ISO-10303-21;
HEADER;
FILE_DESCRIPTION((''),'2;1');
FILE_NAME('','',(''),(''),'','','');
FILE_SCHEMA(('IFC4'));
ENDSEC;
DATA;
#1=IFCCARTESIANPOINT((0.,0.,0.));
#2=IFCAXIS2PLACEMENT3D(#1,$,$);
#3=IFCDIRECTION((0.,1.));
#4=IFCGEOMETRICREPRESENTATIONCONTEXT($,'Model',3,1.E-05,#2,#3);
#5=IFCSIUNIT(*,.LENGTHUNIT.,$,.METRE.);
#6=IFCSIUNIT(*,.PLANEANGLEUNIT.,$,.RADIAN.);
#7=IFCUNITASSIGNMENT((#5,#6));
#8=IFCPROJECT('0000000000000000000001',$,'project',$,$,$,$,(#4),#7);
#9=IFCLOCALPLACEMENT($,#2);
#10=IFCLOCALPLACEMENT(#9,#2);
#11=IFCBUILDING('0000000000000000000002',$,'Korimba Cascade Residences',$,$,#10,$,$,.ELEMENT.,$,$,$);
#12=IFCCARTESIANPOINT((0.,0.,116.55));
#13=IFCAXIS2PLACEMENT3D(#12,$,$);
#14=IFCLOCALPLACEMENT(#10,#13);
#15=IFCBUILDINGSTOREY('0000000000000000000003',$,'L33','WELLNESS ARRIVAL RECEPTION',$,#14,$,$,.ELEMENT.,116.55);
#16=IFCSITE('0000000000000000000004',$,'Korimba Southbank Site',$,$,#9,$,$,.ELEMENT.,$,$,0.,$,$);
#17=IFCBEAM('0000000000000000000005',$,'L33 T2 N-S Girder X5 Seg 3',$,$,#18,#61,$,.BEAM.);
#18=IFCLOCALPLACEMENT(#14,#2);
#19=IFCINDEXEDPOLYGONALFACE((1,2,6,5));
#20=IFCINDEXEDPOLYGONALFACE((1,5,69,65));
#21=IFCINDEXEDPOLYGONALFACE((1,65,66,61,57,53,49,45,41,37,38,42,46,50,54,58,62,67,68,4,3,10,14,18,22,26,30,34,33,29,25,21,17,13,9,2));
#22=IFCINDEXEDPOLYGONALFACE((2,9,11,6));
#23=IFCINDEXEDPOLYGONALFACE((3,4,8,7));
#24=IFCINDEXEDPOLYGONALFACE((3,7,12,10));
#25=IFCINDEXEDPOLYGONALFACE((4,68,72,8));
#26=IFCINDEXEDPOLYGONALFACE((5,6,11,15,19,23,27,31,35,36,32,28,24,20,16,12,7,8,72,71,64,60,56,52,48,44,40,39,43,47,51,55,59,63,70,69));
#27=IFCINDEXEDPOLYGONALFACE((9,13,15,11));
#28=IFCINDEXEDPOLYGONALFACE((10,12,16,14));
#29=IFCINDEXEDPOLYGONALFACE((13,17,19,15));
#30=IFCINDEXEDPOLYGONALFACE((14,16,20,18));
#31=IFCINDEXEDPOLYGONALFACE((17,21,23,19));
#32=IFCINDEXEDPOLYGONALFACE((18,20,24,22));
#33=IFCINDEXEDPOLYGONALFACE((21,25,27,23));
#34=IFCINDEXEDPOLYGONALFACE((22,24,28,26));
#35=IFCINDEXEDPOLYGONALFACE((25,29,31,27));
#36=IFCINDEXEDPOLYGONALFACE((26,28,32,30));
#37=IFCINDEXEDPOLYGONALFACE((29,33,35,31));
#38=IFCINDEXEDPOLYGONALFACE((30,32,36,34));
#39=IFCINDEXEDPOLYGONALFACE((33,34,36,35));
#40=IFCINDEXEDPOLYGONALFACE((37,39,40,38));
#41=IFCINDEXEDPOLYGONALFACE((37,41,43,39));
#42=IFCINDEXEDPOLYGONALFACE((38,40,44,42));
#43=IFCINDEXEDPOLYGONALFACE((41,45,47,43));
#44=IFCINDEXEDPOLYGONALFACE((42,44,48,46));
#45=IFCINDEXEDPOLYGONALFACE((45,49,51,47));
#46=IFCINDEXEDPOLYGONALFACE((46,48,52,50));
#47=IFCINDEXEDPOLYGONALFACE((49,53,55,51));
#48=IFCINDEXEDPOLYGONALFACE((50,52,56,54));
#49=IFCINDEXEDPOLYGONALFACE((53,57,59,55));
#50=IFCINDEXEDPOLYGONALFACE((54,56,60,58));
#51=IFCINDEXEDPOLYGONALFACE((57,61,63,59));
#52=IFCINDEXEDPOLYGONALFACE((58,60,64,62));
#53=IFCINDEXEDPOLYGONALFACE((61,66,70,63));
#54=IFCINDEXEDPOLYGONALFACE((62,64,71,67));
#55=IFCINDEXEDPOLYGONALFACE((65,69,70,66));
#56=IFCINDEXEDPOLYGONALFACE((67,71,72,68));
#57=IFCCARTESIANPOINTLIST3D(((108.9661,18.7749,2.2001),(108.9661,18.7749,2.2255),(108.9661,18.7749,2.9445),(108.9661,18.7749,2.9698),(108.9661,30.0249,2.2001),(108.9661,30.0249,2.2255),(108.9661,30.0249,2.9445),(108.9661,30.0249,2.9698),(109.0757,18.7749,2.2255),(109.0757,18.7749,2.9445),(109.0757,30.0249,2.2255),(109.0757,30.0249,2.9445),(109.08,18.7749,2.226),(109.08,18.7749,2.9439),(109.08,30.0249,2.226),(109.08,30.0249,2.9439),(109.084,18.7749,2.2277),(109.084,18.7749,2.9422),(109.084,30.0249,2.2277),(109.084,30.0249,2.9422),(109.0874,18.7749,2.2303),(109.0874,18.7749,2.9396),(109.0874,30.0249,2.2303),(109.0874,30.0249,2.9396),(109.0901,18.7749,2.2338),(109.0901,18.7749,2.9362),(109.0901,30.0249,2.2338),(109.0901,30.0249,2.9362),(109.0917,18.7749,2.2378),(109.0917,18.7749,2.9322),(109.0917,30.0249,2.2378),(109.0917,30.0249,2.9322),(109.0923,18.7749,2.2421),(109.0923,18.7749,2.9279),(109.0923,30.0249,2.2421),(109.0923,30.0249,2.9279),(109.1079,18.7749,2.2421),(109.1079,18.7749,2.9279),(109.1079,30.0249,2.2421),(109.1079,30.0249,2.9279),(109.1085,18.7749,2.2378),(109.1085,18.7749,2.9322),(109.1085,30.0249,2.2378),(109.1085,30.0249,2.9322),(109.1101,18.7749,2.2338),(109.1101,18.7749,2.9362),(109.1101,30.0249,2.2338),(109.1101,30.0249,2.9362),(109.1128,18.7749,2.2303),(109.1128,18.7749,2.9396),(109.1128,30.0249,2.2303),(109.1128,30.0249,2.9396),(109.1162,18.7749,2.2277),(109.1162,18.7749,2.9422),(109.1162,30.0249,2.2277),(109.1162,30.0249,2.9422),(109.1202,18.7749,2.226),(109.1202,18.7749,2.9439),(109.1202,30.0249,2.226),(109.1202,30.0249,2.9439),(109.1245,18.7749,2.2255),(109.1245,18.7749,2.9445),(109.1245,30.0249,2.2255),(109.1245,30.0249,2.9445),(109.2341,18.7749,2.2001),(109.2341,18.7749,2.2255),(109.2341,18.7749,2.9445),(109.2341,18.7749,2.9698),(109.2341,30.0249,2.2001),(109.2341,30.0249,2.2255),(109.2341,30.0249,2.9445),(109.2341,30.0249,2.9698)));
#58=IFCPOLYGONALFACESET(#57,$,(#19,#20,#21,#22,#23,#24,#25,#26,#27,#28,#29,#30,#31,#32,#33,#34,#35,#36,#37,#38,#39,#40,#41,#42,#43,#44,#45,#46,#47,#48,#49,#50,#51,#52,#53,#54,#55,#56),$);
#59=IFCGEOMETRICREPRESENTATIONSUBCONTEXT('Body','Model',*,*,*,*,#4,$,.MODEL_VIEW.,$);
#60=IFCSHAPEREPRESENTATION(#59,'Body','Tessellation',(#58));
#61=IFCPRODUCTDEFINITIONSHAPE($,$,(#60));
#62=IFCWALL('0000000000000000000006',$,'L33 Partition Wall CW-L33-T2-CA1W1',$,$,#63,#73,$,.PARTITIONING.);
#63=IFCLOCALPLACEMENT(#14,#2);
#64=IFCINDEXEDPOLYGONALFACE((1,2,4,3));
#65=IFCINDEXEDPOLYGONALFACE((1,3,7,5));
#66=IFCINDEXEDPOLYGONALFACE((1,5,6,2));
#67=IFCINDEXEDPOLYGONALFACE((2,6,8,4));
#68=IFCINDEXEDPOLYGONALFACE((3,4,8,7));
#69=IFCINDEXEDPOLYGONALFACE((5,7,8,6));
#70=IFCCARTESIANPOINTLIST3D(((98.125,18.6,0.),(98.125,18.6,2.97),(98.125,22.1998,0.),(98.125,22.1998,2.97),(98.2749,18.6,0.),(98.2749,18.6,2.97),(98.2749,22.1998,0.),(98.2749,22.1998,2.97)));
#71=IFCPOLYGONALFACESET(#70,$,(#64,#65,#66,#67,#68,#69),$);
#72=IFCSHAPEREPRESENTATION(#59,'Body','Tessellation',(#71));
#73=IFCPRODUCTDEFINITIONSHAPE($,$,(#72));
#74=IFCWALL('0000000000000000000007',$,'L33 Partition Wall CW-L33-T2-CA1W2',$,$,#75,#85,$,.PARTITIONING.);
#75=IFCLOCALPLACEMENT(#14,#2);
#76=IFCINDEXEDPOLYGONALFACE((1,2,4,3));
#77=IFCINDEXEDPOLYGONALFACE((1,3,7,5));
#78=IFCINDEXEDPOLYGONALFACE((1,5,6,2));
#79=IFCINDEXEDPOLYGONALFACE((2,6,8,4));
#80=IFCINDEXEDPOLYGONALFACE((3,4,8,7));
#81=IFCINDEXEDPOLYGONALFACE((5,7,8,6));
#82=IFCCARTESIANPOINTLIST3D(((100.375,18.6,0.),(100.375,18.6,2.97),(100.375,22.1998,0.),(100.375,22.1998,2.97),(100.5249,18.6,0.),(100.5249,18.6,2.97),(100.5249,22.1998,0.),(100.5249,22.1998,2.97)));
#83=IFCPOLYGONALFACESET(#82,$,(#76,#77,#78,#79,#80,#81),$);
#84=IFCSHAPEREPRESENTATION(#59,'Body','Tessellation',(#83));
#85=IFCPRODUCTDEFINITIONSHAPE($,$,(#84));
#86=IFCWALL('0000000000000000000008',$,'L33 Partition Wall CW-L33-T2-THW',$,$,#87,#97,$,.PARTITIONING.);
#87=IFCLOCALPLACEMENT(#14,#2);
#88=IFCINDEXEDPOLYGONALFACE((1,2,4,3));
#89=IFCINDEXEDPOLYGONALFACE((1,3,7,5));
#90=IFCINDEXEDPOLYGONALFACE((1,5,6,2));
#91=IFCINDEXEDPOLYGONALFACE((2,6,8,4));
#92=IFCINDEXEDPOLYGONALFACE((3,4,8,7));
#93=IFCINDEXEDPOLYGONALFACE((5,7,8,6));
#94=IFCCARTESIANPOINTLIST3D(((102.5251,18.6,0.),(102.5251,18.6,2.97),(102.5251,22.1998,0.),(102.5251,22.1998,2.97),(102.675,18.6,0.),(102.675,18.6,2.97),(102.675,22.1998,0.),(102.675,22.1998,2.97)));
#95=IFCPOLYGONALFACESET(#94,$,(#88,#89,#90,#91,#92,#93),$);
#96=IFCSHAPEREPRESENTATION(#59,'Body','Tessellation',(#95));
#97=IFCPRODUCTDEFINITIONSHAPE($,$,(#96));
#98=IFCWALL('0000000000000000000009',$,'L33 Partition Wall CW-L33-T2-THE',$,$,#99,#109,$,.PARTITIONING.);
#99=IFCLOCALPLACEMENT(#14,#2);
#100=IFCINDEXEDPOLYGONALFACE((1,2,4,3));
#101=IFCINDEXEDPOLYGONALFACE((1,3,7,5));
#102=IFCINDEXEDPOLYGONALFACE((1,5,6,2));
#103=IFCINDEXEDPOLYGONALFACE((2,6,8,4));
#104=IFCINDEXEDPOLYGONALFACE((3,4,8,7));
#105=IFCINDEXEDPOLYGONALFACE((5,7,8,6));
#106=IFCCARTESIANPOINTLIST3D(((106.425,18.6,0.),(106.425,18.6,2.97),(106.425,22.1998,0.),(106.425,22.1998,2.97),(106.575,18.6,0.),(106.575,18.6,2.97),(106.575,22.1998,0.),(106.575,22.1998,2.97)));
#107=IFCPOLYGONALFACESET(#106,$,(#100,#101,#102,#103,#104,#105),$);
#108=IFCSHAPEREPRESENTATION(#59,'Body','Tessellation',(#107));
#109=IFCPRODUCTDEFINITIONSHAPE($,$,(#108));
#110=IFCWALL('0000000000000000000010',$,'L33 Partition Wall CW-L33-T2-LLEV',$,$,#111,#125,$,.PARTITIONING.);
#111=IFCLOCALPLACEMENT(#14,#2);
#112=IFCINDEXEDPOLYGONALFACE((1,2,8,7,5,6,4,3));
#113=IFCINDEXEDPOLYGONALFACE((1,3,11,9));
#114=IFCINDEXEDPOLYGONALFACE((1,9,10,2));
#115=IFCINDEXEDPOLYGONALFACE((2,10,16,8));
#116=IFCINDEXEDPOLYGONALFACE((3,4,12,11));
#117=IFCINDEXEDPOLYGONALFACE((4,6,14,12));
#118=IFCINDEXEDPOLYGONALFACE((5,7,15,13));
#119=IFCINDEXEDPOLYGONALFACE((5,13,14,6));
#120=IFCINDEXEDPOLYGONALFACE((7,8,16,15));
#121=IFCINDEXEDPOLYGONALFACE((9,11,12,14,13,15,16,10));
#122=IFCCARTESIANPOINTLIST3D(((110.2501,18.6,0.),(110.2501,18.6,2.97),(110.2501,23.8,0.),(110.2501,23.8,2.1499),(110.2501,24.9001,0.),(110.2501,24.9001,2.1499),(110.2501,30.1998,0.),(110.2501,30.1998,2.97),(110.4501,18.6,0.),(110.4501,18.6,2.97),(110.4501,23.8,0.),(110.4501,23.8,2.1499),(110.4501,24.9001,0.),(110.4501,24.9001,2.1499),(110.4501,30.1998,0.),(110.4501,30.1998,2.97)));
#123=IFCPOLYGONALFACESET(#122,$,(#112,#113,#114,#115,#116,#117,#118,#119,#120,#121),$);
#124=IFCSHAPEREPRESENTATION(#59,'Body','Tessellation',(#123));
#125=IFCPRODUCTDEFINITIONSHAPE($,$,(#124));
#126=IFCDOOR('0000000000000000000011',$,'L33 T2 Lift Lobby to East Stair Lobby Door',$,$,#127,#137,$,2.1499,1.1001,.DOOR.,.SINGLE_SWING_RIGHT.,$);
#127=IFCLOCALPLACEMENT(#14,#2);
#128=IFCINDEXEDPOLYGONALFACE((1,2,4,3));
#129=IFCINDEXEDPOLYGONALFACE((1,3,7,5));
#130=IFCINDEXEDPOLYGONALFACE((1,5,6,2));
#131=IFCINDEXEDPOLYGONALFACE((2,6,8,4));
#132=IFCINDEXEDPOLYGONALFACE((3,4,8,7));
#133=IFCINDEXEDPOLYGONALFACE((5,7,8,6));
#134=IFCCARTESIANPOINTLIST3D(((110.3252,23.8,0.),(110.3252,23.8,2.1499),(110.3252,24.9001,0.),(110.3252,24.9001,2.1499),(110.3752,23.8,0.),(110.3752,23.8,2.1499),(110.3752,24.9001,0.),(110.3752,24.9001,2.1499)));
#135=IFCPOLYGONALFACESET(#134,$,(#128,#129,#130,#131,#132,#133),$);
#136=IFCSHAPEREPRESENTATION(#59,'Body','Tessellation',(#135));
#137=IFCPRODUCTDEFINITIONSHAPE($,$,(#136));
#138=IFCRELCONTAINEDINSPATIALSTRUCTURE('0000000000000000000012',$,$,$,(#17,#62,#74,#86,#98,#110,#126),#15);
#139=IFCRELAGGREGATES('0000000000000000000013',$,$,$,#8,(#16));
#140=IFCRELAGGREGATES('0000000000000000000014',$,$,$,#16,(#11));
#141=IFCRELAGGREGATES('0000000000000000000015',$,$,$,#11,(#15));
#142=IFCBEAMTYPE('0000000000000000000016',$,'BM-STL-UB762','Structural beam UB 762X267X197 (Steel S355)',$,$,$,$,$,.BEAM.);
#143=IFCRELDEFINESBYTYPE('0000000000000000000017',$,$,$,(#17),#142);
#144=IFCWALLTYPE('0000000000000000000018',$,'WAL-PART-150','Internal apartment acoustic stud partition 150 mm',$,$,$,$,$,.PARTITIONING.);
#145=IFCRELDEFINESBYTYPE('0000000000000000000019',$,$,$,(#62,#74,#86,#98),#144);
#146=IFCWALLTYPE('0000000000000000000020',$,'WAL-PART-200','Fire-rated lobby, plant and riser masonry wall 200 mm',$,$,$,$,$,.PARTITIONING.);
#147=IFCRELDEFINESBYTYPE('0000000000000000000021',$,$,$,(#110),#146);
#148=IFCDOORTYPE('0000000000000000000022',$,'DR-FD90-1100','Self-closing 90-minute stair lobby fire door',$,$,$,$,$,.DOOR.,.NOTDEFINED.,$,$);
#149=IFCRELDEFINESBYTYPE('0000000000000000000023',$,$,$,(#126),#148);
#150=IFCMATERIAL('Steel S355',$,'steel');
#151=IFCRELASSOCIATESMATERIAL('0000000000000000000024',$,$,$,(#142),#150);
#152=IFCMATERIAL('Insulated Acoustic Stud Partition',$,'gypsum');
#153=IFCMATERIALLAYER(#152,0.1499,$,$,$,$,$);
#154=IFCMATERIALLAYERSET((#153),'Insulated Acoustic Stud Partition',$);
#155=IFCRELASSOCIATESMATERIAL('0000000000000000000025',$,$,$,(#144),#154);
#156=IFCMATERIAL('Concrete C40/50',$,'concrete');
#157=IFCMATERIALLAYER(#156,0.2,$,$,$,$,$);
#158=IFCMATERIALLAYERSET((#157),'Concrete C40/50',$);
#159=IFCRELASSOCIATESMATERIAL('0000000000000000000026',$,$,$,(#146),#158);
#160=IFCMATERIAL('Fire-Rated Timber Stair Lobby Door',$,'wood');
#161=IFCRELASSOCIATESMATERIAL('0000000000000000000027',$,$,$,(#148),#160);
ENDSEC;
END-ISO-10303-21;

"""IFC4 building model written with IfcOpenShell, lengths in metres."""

from ifc_helpers import new_model, si_unit, direction, frame, frame_2d, origin, origin_2d, place, context, subcontext, project, spatial, rectangle, i_section, extrude, material, layer, layer_set, material_profile, profile_set, type_object, element, fill, save


model = new_model("IFC4")

# Units and contexts
model_context = context("Model", 3, precision=1e-05, world=origin(), true_north=direction((0.0, 1.0)))
body_context = subcontext(model_context, "Body", "Model", "MODEL_VIEW")
ifc_project = project(units=[si_unit("LENGTHUNIT", "METRE"), si_unit("PLANEANGLEUNIT", "RADIAN")], contexts=[model_context])

# Site, building, storey
site_placement = place(None, origin())
site = spatial("IfcSite", under=ifc_project, at=site_placement, Name="Korimba Southbank Site", CompositionType="ELEMENT", RefElevation=0.0)
building_placement = place(site_placement, origin())
building = spatial("IfcBuilding", under=site, at=building_placement, Name="Korimba Cascade Residences", CompositionType="ELEMENT")
storey_placement = place(building_placement, frame((0.0, 0.0, 116.55)))
storey = spatial("IfcBuildingStorey", under=building, at=storey_placement, Name="L33", Description="WELLNESS ARRIVAL RECEPTION", CompositionType="ELEMENT", Elevation=116.55)

# Beam
ifc_material_1 = material(Name="Steel S355", Category="steel")
ifc_material_profile_1 = material_profile(ifc_material_1, i_section(OverallWidth=0.2681, OverallDepth=0.7698, WebThickness=0.0156, FlangeThickness=0.0254, FilletRadius=0.0166, at=origin_2d()), Name="Steel S355")
ifc_profile_set_1 = profile_set([ifc_material_profile_1], Name="Steel S355")
beam_type = type_object("IfcBeamType", Name="BM-STL-UB762", Description="Structural beam UB 762X267X197 (Steel S355)", PredefinedType="BEAM", material=ifc_profile_set_1)
beam_1_placement = place(storey_placement, frame((109.1001, 18.7749, 2.585), z_axis=(0.0, 1.0, 0.0), x_axis=(-1.0, 0.0, 0.0)))
element("IfcBeam", 1, at=beam_1_placement, inside=storey, type_object=beam_type, Name="L33 T2 N-S Girder X5 Seg 3", PredefinedType="BEAM", context=body_context, shape_type="SweptSolid", body=[
    extrude(i_section(OverallWidth=0.2681, OverallDepth=0.7698, WebThickness=0.0156, FlangeThickness=0.0254, FilletRadius=0.0166, at=origin_2d()), origin(), (0.0, 0.0, 1.0), 11.25),
])

# Walls
ifc_material_2 = material(Name="Insulated Acoustic Stud Partition", Category="gypsum")
ifc_layer_1 = layer(ifc_material_2, 0.1499)
ifc_layer_set_1 = layer_set([ifc_layer_1], Name="Insulated Acoustic Stud Partition")
wall_type_1 = type_object("IfcWallType", Name="WAL-PART-150", Description="Internal apartment acoustic stud partition 150 mm", PredefinedType="PARTITIONING", material=ifc_layer_set_1)
for number, where, z_axis, x_axis, name in (
    (2, (98.2, 18.6001, 0.0), (0.0, 0.0, 1.0), (0.0, 1.0, 0.0), "L33 Partition Wall CW-L33-T2-CA1W1"),
    (3, (100.45, 18.6001, 0.0), (0.0, 0.0, 1.0), (0.0, 1.0, 0.0), "L33 Partition Wall CW-L33-T2-CA1W2"),
    (4, (102.6001, 18.6001, 0.0), (0.0, 0.0, 1.0), (0.0, 1.0, 0.0), "L33 Partition Wall CW-L33-T2-THW"),
    (5, (106.5, 18.6001, 0.0), (0.0, 0.0, 1.0), (0.0, 1.0, 0.0), "L33 Partition Wall CW-L33-T2-THE"),
):
    element("IfcWall", number, at=place(storey_placement, frame(where, z_axis=z_axis, x_axis=x_axis)), inside=storey, type_object=wall_type_1, Name=name, PredefinedType="PARTITIONING", context=body_context, shape_type="SweptSolid", body=[
        extrude(rectangle(XDim=3.5999, YDim=0.1499, at=frame_2d((1.7998, 0.0))), origin(), (0.0, 0.0, 1.0), 2.97),
    ])

# Wall, opening, door
ifc_material_3 = material(Name="Concrete C40/50", Category="concrete")
ifc_layer_2 = layer(ifc_material_3, 0.2)
ifc_layer_set_2 = layer_set([ifc_layer_2], Name="Concrete C40/50")
wall_type_2 = type_object("IfcWallType", Name="WAL-PART-200", Description="Fire-rated lobby, plant and riser masonry wall 200 mm", PredefinedType="PARTITIONING", material=ifc_layer_set_2)
wall_1_placement = place(storey_placement, frame((110.3501, 18.6001, 0.0), z_axis=(0.0, 0.0, 1.0), x_axis=(0.0, 1.0, 0.0)))
wall_1 = element("IfcWall", 6, at=wall_1_placement, inside=storey, type_object=wall_type_2, Name="L33 Partition Wall CW-L33-T2-LLEV", PredefinedType="PARTITIONING", context=body_context, shape_type="SweptSolid", body=[
    extrude(rectangle(XDim=11.5999, YDim=0.2, at=frame_2d((5.7998, 0.0))), origin(), (0.0, 0.0, 1.0), 2.97),
])
opening_1_placement = place(wall_1_placement, frame((5.2, 0.0, 0.0)))
opening_1 = element("IfcOpeningElement", 7, at=opening_1_placement, cuts=wall_1, PredefinedType="OPENING", context=body_context, shape_type="SweptSolid", body=[
    extrude(rectangle(XDim=1.1001, YDim=2.1499, at=frame_2d((0.55, 1.075))), frame((0.0, 0.1099, 0.0), z_axis=(0.0, -1.0, 0.0), x_axis=(1.0, 0.0, 0.0)), (0.0, 0.0, 1.0), 0.22),
])
ifc_material_4 = material(Name="Fire-Rated Timber Stair Lobby Door", Category="wood")
door_type_1 = type_object("IfcDoorType", Name="DR-FD90-1100", Description="Self-closing 90-minute stair lobby fire door", OperationType="NOTDEFINED", PredefinedType="DOOR", material=ifc_material_4)
door_1_placement = place(opening_1_placement, origin())
door_1 = element("IfcDoor", 8, at=door_1_placement, inside=storey, type_object=door_type_1, Name="L33 T2 Lift Lobby to East Stair Lobby Door", OperationType="SINGLE_SWING_RIGHT", OverallHeight=2.1499, OverallWidth=1.1001, PredefinedType="DOOR", context=body_context, shape_type="SweptSolid", body=[
    extrude(rectangle(XDim=1.1001, YDim=2.1499, at=frame_2d((0.55, 1.075))), frame((0.0, 0.0249, 0.0), z_axis=(0.0, -1.0, 0.0), x_axis=(1.0, 0.0, 0.0)), (0.0, 0.0, 1.0), 0.05),
])
fill(opening_1, door_1)

save(model, "model.ifc")
